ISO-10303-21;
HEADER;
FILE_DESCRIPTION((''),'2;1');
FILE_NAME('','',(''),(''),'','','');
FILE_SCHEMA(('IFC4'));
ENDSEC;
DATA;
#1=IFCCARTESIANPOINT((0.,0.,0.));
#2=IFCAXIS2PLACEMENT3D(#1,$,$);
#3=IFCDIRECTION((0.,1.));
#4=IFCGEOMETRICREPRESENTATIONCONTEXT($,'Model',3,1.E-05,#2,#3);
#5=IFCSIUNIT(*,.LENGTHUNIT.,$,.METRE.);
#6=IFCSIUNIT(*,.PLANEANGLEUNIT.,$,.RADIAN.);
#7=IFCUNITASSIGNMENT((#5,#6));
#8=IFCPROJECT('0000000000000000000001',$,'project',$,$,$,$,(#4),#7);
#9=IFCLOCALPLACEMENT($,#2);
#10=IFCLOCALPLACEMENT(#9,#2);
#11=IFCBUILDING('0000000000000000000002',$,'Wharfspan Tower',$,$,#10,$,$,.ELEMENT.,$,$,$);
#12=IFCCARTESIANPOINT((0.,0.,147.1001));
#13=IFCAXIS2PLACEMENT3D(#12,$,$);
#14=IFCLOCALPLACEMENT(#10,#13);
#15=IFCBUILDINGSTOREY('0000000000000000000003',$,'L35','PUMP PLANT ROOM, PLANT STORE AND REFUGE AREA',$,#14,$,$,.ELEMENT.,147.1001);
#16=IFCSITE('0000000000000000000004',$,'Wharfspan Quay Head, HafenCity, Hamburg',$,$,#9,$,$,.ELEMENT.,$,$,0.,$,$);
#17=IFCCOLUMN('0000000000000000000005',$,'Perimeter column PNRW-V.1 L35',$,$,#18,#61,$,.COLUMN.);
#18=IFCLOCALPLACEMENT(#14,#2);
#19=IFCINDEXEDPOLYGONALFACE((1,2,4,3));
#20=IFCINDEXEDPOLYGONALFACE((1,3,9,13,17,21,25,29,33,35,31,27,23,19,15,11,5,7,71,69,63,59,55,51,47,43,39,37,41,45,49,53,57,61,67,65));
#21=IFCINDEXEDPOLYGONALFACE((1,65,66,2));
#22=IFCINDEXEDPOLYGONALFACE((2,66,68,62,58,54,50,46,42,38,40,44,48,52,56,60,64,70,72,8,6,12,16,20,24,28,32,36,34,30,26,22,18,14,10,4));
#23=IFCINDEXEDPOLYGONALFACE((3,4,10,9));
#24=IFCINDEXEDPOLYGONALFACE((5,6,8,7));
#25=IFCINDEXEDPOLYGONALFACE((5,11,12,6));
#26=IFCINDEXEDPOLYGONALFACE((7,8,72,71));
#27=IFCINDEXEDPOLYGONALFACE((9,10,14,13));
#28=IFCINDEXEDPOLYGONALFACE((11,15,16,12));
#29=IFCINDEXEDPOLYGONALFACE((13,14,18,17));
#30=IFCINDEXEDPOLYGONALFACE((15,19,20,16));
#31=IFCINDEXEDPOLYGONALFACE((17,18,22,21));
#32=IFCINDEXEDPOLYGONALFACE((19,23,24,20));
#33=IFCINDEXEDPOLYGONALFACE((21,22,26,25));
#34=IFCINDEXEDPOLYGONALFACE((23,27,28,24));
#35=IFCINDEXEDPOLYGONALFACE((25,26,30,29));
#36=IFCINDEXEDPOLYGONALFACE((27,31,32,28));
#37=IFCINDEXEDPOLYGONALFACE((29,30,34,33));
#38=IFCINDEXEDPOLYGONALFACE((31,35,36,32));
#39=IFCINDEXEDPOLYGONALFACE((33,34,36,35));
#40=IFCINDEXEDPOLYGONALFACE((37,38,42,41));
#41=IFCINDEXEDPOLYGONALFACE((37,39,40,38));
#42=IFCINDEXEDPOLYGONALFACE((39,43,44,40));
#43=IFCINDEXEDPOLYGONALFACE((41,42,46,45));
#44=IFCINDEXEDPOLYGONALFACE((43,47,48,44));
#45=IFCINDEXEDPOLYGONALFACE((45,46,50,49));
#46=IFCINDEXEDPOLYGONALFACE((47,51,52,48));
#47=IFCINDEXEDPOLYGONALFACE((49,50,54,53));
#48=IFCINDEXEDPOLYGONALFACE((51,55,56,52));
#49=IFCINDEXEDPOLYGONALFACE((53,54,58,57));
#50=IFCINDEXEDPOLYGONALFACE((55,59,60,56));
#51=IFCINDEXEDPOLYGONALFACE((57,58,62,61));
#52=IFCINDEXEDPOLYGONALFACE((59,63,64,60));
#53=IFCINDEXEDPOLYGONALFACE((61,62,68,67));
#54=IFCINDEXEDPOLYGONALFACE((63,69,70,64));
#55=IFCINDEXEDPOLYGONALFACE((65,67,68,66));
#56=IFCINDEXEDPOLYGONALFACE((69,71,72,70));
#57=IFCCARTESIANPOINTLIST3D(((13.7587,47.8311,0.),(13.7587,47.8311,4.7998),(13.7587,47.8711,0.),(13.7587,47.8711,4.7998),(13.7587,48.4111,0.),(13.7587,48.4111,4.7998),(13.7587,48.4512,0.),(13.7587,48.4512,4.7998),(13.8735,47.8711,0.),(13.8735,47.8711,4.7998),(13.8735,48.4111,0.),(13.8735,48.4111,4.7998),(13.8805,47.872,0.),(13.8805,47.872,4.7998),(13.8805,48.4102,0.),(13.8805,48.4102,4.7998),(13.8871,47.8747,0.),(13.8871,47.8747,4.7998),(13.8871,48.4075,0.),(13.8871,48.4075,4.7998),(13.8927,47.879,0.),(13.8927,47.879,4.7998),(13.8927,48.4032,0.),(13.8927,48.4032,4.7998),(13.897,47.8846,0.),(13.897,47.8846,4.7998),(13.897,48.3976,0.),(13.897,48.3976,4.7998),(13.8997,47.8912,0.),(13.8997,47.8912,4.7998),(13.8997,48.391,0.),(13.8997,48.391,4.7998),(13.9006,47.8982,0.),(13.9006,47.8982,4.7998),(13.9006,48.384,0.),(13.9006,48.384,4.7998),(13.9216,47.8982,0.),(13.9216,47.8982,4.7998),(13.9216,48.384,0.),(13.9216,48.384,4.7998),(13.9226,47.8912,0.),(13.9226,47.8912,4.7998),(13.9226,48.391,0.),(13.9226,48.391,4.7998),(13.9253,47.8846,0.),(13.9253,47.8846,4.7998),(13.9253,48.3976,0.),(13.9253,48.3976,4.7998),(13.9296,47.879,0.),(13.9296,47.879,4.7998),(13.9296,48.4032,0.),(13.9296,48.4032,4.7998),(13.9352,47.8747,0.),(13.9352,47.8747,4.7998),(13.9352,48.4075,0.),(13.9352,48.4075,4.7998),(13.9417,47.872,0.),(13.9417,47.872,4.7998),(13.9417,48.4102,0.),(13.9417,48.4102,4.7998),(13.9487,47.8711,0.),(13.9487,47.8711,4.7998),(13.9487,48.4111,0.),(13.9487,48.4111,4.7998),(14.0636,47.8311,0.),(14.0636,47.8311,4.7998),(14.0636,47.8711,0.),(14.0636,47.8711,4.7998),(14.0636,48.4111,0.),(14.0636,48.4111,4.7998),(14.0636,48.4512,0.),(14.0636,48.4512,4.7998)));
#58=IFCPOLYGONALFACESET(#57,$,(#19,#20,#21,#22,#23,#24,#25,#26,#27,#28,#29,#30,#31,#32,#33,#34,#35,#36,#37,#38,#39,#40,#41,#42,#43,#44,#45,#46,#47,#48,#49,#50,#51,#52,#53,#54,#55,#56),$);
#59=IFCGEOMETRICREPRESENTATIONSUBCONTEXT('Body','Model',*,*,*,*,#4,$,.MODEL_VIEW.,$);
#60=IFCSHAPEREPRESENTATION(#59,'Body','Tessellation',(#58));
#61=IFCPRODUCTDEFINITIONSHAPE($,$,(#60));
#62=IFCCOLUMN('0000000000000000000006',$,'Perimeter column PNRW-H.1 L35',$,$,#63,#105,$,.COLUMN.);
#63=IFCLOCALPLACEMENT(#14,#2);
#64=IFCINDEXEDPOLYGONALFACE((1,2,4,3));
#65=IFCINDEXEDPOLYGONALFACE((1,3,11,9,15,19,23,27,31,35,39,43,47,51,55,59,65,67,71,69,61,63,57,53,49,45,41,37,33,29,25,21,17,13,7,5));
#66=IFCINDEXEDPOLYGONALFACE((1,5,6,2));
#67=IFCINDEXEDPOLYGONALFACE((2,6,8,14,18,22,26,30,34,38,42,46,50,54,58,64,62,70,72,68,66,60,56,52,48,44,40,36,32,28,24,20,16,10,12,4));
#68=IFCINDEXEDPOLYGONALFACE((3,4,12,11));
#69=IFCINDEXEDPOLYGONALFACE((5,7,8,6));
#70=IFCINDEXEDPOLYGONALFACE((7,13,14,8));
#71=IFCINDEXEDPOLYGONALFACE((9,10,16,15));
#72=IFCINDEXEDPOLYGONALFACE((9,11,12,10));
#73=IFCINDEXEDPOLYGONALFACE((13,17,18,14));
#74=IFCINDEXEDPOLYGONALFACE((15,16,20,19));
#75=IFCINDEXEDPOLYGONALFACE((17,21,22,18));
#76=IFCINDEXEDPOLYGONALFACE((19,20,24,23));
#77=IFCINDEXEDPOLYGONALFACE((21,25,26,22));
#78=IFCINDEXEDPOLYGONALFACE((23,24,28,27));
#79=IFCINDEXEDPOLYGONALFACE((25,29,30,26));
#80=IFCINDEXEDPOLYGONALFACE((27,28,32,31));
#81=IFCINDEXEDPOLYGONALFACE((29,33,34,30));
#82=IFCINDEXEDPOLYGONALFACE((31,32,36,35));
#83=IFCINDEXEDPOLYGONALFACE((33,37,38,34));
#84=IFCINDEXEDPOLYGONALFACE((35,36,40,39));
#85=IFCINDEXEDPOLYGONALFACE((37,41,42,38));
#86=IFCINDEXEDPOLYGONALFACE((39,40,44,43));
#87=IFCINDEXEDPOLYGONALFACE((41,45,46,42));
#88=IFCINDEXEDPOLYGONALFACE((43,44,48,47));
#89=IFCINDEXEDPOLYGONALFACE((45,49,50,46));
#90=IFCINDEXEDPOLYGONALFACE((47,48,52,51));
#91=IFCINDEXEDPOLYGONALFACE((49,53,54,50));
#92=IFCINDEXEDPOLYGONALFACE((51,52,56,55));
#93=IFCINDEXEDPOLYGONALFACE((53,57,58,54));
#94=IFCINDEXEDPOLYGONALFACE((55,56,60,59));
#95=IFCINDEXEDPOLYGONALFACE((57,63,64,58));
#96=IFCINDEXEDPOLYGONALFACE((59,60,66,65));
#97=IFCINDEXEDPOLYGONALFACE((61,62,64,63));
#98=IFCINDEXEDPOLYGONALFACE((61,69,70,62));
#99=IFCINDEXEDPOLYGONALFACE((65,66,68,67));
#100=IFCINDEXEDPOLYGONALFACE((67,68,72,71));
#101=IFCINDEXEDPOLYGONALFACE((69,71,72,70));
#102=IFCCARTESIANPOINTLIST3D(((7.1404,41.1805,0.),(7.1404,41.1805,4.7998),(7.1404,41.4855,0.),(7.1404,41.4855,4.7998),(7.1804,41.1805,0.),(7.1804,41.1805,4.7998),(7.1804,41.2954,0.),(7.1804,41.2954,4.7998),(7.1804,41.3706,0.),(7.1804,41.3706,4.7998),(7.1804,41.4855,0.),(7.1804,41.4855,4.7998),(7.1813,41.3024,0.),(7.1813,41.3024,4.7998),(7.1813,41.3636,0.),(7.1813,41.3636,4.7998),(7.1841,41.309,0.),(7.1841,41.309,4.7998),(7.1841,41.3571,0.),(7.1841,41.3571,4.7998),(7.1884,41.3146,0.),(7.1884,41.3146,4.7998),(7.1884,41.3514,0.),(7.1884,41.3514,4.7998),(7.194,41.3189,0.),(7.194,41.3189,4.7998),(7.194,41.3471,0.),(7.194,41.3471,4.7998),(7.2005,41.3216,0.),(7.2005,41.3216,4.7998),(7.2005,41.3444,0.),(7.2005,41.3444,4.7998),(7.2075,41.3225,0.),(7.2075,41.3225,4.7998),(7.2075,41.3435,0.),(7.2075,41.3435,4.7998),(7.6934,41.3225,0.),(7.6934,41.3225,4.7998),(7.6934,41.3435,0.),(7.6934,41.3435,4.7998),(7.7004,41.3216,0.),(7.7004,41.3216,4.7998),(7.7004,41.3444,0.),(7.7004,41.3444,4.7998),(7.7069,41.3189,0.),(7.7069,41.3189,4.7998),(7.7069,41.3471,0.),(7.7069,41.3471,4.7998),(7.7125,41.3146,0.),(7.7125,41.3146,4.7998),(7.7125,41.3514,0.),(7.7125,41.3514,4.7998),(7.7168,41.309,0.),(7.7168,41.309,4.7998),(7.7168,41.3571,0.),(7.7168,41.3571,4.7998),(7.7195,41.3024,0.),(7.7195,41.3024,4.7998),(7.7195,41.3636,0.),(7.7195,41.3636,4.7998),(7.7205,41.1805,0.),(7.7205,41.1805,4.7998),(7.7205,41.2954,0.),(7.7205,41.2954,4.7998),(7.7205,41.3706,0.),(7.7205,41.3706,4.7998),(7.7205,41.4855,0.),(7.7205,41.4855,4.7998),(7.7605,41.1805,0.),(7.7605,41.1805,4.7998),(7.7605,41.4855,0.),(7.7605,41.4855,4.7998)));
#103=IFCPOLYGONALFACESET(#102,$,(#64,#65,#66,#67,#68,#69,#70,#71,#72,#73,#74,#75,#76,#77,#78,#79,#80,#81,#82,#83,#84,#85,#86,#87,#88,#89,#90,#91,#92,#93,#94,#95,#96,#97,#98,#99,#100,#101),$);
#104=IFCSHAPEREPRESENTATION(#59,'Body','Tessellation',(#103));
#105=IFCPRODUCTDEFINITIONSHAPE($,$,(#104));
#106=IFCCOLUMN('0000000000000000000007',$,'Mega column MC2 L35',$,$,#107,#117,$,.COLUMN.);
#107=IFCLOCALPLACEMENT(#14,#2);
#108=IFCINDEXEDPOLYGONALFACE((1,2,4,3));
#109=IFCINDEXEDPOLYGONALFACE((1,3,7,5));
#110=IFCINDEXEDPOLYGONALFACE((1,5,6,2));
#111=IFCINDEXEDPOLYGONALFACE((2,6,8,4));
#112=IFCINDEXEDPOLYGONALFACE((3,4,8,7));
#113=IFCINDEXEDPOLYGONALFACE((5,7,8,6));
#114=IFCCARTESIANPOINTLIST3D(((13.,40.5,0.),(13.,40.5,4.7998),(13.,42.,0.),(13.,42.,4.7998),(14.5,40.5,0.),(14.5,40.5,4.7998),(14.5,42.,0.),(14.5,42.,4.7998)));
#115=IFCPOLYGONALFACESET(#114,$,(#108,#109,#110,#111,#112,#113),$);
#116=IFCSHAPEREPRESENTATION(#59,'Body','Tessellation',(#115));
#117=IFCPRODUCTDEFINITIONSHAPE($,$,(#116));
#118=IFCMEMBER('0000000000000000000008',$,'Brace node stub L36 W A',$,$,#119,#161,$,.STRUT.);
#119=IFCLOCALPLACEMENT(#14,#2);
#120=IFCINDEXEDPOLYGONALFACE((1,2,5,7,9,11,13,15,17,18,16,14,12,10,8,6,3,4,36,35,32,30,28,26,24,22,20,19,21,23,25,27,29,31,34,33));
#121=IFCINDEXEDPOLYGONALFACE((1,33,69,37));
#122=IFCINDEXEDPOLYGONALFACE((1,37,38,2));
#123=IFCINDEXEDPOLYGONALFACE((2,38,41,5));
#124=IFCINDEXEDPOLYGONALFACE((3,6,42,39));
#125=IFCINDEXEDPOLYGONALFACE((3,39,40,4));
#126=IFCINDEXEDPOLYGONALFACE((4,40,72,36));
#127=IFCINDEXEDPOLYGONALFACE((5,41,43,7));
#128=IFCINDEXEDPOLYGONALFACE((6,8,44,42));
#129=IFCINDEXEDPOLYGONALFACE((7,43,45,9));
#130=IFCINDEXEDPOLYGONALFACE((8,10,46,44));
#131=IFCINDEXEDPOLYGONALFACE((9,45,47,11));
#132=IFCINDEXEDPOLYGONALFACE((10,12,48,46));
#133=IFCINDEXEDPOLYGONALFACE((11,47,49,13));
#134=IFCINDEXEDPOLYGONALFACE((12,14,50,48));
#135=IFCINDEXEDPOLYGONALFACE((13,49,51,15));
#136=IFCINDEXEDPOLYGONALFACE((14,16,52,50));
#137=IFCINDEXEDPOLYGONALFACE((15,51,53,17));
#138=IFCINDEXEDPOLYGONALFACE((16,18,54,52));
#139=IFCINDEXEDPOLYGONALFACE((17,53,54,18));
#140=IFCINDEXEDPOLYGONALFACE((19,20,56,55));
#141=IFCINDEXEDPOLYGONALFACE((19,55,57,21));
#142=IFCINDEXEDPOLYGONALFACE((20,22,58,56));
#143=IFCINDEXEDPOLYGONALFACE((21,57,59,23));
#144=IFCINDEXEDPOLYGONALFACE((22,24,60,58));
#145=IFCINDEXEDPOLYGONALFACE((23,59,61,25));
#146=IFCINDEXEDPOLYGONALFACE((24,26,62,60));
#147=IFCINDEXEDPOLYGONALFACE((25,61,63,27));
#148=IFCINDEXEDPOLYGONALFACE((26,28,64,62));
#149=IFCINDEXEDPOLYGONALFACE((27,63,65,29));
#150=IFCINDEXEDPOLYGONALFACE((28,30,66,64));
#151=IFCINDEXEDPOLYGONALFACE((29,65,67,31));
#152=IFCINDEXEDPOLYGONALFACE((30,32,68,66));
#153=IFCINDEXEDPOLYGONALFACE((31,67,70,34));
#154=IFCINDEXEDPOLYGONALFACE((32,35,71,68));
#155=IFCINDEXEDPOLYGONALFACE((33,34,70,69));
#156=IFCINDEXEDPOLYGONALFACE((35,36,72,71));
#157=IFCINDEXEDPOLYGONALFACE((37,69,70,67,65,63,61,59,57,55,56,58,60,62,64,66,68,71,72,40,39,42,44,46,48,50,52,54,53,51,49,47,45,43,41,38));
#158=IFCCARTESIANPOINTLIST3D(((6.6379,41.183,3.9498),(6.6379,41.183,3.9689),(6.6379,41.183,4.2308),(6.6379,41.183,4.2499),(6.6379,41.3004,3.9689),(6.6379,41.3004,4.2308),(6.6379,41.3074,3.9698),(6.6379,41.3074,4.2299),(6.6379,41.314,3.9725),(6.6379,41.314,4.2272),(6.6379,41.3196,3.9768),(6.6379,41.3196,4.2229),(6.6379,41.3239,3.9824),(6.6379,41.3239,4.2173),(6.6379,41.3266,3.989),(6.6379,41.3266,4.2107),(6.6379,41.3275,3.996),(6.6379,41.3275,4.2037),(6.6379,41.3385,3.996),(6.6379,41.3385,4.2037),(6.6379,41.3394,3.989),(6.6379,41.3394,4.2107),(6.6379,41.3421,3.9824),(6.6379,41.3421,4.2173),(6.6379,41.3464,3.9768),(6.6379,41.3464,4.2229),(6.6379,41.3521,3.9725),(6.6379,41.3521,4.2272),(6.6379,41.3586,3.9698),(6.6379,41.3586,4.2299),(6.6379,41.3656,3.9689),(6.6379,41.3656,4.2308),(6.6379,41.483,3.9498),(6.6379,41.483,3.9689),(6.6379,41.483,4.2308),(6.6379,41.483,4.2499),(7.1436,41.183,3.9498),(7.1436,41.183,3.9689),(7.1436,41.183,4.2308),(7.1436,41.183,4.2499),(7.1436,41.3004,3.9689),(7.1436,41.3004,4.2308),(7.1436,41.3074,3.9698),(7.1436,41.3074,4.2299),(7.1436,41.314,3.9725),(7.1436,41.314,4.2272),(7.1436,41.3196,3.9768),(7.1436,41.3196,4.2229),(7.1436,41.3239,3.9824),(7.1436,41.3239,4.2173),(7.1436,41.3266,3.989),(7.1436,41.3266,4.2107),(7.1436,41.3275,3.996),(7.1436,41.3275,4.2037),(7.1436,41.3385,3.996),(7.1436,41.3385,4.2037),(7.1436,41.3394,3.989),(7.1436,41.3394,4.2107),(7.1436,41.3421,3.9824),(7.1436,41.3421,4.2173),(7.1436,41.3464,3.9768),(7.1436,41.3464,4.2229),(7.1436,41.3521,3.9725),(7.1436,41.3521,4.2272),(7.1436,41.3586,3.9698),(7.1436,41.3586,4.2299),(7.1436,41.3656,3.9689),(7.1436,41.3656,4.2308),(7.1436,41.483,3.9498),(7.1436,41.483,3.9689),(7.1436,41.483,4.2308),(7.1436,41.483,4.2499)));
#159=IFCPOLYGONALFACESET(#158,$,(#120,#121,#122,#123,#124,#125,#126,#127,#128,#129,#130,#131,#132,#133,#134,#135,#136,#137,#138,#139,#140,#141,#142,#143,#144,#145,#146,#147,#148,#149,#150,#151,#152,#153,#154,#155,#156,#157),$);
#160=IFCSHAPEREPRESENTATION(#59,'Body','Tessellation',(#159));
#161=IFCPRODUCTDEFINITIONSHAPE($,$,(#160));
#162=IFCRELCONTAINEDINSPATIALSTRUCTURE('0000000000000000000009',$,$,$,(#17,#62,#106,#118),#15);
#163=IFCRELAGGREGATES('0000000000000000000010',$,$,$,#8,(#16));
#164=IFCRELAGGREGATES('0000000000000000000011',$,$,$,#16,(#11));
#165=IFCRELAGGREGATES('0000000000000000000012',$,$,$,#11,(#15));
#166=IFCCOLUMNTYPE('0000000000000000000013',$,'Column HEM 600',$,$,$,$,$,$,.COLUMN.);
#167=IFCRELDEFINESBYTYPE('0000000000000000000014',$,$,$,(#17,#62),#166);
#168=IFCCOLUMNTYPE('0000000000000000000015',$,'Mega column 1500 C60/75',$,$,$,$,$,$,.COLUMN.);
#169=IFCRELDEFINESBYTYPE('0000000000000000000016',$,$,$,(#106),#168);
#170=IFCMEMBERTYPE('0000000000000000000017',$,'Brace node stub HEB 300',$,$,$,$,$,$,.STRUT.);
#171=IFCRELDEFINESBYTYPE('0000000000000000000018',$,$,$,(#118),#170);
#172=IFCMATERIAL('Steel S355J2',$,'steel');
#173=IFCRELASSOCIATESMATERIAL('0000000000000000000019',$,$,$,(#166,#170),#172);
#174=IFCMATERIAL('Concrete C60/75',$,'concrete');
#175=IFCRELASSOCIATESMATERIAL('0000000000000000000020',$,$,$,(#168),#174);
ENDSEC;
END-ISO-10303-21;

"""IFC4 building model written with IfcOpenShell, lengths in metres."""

from ifc_helpers import new_model, si_unit, direction, frame, origin, origin_2d, place, context, subcontext, project, spatial, rectangle, i_section, extrude, material, material_profile, profile_set, type_object, element, save


model = new_model("IFC4")

# Units and contexts
model_context = context("Model", 3, precision=1e-05, world=origin(), true_north=direction((0.0, 1.0)))
body_context = subcontext(model_context, "Body", "Model", "MODEL_VIEW")
ifc_project = project(units=[si_unit("LENGTHUNIT", "METRE"), si_unit("PLANEANGLEUNIT", "RADIAN")], contexts=[model_context])

# Site, building, storey
site_placement = place(None, origin())
site = spatial("IfcSite", under=ifc_project, at=site_placement, Name="Wharfspan Quay Head, HafenCity, Hamburg", CompositionType="ELEMENT", RefElevation=0.0)
building_placement = place(site_placement, origin())
building = spatial("IfcBuilding", under=site, at=building_placement, Name="Wharfspan Tower", CompositionType="ELEMENT")
storey_placement = place(building_placement, frame((0.0, 0.0, 147.1001)))
storey = spatial("IfcBuildingStorey", under=building, at=storey_placement, Name="L35", Description="PUMP PLANT ROOM, PLANT STORE AND REFUGE AREA", CompositionType="ELEMENT", Elevation=147.1001)

# Columns
ifc_material_1 = material(Name="Steel S355J2", Category="steel")
ifc_material_profile_1 = material_profile(ifc_material_1, i_section(OverallWidth=0.3049, OverallDepth=0.6201, WebThickness=0.021, FlangeThickness=0.04, FilletRadius=0.0271, at=origin_2d()))
ifc_profile_set_1 = profile_set([ifc_material_profile_1], Name="Steel S355J2")
column_type_1 = type_object("IfcColumnType", Name="Column HEM 600", PredefinedType="COLUMN", material=ifc_profile_set_1)
for number, where, z_axis, x_axis, name in (
    (1, (13.9111, 48.1411, 0.0), (0.0, 0.0, 1.0), (-1.0, 0.0, 0.0), "Perimeter column PNRW-V.1 L35"),
    (2, (7.4504, 41.333, 0.0), (0.0, 0.0, 1.0), (0.0, 1.0, 0.0), "Perimeter column PNRW-H.1 L35"),
):
    element("IfcColumn", number, at=place(storey_placement, frame(where, z_axis=z_axis, x_axis=x_axis)), inside=storey, type_object=column_type_1, Name=name, PredefinedType="COLUMN", context=body_context, shape_type="SweptSolid", body=[
        extrude(i_section(OverallWidth=0.3049, OverallDepth=0.6201, WebThickness=0.021, FlangeThickness=0.04, FilletRadius=0.0271, at=origin_2d()), origin(), (0.0, 0.0, 1.0), 4.7998),
    ])
ifc_material_2 = material(Name="Concrete C60/75", Category="concrete")
ifc_material_profile_2 = material_profile(ifc_material_2, rectangle(XDim=1.5, YDim=1.5, at=origin_2d()))
ifc_profile_set_2 = profile_set([ifc_material_profile_2], Name="Concrete C60/75")
column_type_2 = type_object("IfcColumnType", Name="Mega column 1500 C60/75", PredefinedType="COLUMN", material=ifc_profile_set_2)
column_placement = place(storey_placement, frame((13.75, 41.25, 0.0), z_axis=(0.0, 0.0, 1.0), x_axis=(1.0, 0.0, 0.0)))
element("IfcColumn", 3, at=column_placement, inside=storey, type_object=column_type_2, Name="Mega column MC2 L35", PredefinedType="COLUMN", context=body_context, shape_type="SweptSolid", body=[
    extrude(rectangle(XDim=1.5, YDim=1.5, at=origin_2d()), origin(), (0.0, 0.0, 1.0), 4.7998),
])

# Member
ifc_material_profile_3 = material_profile(ifc_material_1, i_section(OverallWidth=0.3, OverallDepth=0.3, WebThickness=0.011, FlangeThickness=0.019, FilletRadius=0.0271, at=origin_2d()))
ifc_profile_set_3 = profile_set([ifc_material_profile_3], Name="Steel S355J2")
member_type_1 = type_object("IfcMemberType", Name="Brace node stub HEB 300", PredefinedType="STRUT", material=ifc_profile_set_3)
member_1_placement = place(storey_placement, frame((7.1436, 41.333, 4.0999), z_axis=(-1.0, 0.0, 0.0), x_axis=(0.0, -1.0, 0.0)))
element("IfcMember", 4, at=member_1_placement, inside=storey, type_object=member_type_1, Name="Brace node stub L36 W A", PredefinedType="STRUT", context=body_context, shape_type="SweptSolid", body=[
    extrude(i_section(OverallWidth=0.3, OverallDepth=0.3, WebThickness=0.011, FlangeThickness=0.019, FilletRadius=0.0271, at=origin_2d()), origin(), (0.0, 0.0, 1.0), 0.5056),
])

save(model, "model.ifc")
